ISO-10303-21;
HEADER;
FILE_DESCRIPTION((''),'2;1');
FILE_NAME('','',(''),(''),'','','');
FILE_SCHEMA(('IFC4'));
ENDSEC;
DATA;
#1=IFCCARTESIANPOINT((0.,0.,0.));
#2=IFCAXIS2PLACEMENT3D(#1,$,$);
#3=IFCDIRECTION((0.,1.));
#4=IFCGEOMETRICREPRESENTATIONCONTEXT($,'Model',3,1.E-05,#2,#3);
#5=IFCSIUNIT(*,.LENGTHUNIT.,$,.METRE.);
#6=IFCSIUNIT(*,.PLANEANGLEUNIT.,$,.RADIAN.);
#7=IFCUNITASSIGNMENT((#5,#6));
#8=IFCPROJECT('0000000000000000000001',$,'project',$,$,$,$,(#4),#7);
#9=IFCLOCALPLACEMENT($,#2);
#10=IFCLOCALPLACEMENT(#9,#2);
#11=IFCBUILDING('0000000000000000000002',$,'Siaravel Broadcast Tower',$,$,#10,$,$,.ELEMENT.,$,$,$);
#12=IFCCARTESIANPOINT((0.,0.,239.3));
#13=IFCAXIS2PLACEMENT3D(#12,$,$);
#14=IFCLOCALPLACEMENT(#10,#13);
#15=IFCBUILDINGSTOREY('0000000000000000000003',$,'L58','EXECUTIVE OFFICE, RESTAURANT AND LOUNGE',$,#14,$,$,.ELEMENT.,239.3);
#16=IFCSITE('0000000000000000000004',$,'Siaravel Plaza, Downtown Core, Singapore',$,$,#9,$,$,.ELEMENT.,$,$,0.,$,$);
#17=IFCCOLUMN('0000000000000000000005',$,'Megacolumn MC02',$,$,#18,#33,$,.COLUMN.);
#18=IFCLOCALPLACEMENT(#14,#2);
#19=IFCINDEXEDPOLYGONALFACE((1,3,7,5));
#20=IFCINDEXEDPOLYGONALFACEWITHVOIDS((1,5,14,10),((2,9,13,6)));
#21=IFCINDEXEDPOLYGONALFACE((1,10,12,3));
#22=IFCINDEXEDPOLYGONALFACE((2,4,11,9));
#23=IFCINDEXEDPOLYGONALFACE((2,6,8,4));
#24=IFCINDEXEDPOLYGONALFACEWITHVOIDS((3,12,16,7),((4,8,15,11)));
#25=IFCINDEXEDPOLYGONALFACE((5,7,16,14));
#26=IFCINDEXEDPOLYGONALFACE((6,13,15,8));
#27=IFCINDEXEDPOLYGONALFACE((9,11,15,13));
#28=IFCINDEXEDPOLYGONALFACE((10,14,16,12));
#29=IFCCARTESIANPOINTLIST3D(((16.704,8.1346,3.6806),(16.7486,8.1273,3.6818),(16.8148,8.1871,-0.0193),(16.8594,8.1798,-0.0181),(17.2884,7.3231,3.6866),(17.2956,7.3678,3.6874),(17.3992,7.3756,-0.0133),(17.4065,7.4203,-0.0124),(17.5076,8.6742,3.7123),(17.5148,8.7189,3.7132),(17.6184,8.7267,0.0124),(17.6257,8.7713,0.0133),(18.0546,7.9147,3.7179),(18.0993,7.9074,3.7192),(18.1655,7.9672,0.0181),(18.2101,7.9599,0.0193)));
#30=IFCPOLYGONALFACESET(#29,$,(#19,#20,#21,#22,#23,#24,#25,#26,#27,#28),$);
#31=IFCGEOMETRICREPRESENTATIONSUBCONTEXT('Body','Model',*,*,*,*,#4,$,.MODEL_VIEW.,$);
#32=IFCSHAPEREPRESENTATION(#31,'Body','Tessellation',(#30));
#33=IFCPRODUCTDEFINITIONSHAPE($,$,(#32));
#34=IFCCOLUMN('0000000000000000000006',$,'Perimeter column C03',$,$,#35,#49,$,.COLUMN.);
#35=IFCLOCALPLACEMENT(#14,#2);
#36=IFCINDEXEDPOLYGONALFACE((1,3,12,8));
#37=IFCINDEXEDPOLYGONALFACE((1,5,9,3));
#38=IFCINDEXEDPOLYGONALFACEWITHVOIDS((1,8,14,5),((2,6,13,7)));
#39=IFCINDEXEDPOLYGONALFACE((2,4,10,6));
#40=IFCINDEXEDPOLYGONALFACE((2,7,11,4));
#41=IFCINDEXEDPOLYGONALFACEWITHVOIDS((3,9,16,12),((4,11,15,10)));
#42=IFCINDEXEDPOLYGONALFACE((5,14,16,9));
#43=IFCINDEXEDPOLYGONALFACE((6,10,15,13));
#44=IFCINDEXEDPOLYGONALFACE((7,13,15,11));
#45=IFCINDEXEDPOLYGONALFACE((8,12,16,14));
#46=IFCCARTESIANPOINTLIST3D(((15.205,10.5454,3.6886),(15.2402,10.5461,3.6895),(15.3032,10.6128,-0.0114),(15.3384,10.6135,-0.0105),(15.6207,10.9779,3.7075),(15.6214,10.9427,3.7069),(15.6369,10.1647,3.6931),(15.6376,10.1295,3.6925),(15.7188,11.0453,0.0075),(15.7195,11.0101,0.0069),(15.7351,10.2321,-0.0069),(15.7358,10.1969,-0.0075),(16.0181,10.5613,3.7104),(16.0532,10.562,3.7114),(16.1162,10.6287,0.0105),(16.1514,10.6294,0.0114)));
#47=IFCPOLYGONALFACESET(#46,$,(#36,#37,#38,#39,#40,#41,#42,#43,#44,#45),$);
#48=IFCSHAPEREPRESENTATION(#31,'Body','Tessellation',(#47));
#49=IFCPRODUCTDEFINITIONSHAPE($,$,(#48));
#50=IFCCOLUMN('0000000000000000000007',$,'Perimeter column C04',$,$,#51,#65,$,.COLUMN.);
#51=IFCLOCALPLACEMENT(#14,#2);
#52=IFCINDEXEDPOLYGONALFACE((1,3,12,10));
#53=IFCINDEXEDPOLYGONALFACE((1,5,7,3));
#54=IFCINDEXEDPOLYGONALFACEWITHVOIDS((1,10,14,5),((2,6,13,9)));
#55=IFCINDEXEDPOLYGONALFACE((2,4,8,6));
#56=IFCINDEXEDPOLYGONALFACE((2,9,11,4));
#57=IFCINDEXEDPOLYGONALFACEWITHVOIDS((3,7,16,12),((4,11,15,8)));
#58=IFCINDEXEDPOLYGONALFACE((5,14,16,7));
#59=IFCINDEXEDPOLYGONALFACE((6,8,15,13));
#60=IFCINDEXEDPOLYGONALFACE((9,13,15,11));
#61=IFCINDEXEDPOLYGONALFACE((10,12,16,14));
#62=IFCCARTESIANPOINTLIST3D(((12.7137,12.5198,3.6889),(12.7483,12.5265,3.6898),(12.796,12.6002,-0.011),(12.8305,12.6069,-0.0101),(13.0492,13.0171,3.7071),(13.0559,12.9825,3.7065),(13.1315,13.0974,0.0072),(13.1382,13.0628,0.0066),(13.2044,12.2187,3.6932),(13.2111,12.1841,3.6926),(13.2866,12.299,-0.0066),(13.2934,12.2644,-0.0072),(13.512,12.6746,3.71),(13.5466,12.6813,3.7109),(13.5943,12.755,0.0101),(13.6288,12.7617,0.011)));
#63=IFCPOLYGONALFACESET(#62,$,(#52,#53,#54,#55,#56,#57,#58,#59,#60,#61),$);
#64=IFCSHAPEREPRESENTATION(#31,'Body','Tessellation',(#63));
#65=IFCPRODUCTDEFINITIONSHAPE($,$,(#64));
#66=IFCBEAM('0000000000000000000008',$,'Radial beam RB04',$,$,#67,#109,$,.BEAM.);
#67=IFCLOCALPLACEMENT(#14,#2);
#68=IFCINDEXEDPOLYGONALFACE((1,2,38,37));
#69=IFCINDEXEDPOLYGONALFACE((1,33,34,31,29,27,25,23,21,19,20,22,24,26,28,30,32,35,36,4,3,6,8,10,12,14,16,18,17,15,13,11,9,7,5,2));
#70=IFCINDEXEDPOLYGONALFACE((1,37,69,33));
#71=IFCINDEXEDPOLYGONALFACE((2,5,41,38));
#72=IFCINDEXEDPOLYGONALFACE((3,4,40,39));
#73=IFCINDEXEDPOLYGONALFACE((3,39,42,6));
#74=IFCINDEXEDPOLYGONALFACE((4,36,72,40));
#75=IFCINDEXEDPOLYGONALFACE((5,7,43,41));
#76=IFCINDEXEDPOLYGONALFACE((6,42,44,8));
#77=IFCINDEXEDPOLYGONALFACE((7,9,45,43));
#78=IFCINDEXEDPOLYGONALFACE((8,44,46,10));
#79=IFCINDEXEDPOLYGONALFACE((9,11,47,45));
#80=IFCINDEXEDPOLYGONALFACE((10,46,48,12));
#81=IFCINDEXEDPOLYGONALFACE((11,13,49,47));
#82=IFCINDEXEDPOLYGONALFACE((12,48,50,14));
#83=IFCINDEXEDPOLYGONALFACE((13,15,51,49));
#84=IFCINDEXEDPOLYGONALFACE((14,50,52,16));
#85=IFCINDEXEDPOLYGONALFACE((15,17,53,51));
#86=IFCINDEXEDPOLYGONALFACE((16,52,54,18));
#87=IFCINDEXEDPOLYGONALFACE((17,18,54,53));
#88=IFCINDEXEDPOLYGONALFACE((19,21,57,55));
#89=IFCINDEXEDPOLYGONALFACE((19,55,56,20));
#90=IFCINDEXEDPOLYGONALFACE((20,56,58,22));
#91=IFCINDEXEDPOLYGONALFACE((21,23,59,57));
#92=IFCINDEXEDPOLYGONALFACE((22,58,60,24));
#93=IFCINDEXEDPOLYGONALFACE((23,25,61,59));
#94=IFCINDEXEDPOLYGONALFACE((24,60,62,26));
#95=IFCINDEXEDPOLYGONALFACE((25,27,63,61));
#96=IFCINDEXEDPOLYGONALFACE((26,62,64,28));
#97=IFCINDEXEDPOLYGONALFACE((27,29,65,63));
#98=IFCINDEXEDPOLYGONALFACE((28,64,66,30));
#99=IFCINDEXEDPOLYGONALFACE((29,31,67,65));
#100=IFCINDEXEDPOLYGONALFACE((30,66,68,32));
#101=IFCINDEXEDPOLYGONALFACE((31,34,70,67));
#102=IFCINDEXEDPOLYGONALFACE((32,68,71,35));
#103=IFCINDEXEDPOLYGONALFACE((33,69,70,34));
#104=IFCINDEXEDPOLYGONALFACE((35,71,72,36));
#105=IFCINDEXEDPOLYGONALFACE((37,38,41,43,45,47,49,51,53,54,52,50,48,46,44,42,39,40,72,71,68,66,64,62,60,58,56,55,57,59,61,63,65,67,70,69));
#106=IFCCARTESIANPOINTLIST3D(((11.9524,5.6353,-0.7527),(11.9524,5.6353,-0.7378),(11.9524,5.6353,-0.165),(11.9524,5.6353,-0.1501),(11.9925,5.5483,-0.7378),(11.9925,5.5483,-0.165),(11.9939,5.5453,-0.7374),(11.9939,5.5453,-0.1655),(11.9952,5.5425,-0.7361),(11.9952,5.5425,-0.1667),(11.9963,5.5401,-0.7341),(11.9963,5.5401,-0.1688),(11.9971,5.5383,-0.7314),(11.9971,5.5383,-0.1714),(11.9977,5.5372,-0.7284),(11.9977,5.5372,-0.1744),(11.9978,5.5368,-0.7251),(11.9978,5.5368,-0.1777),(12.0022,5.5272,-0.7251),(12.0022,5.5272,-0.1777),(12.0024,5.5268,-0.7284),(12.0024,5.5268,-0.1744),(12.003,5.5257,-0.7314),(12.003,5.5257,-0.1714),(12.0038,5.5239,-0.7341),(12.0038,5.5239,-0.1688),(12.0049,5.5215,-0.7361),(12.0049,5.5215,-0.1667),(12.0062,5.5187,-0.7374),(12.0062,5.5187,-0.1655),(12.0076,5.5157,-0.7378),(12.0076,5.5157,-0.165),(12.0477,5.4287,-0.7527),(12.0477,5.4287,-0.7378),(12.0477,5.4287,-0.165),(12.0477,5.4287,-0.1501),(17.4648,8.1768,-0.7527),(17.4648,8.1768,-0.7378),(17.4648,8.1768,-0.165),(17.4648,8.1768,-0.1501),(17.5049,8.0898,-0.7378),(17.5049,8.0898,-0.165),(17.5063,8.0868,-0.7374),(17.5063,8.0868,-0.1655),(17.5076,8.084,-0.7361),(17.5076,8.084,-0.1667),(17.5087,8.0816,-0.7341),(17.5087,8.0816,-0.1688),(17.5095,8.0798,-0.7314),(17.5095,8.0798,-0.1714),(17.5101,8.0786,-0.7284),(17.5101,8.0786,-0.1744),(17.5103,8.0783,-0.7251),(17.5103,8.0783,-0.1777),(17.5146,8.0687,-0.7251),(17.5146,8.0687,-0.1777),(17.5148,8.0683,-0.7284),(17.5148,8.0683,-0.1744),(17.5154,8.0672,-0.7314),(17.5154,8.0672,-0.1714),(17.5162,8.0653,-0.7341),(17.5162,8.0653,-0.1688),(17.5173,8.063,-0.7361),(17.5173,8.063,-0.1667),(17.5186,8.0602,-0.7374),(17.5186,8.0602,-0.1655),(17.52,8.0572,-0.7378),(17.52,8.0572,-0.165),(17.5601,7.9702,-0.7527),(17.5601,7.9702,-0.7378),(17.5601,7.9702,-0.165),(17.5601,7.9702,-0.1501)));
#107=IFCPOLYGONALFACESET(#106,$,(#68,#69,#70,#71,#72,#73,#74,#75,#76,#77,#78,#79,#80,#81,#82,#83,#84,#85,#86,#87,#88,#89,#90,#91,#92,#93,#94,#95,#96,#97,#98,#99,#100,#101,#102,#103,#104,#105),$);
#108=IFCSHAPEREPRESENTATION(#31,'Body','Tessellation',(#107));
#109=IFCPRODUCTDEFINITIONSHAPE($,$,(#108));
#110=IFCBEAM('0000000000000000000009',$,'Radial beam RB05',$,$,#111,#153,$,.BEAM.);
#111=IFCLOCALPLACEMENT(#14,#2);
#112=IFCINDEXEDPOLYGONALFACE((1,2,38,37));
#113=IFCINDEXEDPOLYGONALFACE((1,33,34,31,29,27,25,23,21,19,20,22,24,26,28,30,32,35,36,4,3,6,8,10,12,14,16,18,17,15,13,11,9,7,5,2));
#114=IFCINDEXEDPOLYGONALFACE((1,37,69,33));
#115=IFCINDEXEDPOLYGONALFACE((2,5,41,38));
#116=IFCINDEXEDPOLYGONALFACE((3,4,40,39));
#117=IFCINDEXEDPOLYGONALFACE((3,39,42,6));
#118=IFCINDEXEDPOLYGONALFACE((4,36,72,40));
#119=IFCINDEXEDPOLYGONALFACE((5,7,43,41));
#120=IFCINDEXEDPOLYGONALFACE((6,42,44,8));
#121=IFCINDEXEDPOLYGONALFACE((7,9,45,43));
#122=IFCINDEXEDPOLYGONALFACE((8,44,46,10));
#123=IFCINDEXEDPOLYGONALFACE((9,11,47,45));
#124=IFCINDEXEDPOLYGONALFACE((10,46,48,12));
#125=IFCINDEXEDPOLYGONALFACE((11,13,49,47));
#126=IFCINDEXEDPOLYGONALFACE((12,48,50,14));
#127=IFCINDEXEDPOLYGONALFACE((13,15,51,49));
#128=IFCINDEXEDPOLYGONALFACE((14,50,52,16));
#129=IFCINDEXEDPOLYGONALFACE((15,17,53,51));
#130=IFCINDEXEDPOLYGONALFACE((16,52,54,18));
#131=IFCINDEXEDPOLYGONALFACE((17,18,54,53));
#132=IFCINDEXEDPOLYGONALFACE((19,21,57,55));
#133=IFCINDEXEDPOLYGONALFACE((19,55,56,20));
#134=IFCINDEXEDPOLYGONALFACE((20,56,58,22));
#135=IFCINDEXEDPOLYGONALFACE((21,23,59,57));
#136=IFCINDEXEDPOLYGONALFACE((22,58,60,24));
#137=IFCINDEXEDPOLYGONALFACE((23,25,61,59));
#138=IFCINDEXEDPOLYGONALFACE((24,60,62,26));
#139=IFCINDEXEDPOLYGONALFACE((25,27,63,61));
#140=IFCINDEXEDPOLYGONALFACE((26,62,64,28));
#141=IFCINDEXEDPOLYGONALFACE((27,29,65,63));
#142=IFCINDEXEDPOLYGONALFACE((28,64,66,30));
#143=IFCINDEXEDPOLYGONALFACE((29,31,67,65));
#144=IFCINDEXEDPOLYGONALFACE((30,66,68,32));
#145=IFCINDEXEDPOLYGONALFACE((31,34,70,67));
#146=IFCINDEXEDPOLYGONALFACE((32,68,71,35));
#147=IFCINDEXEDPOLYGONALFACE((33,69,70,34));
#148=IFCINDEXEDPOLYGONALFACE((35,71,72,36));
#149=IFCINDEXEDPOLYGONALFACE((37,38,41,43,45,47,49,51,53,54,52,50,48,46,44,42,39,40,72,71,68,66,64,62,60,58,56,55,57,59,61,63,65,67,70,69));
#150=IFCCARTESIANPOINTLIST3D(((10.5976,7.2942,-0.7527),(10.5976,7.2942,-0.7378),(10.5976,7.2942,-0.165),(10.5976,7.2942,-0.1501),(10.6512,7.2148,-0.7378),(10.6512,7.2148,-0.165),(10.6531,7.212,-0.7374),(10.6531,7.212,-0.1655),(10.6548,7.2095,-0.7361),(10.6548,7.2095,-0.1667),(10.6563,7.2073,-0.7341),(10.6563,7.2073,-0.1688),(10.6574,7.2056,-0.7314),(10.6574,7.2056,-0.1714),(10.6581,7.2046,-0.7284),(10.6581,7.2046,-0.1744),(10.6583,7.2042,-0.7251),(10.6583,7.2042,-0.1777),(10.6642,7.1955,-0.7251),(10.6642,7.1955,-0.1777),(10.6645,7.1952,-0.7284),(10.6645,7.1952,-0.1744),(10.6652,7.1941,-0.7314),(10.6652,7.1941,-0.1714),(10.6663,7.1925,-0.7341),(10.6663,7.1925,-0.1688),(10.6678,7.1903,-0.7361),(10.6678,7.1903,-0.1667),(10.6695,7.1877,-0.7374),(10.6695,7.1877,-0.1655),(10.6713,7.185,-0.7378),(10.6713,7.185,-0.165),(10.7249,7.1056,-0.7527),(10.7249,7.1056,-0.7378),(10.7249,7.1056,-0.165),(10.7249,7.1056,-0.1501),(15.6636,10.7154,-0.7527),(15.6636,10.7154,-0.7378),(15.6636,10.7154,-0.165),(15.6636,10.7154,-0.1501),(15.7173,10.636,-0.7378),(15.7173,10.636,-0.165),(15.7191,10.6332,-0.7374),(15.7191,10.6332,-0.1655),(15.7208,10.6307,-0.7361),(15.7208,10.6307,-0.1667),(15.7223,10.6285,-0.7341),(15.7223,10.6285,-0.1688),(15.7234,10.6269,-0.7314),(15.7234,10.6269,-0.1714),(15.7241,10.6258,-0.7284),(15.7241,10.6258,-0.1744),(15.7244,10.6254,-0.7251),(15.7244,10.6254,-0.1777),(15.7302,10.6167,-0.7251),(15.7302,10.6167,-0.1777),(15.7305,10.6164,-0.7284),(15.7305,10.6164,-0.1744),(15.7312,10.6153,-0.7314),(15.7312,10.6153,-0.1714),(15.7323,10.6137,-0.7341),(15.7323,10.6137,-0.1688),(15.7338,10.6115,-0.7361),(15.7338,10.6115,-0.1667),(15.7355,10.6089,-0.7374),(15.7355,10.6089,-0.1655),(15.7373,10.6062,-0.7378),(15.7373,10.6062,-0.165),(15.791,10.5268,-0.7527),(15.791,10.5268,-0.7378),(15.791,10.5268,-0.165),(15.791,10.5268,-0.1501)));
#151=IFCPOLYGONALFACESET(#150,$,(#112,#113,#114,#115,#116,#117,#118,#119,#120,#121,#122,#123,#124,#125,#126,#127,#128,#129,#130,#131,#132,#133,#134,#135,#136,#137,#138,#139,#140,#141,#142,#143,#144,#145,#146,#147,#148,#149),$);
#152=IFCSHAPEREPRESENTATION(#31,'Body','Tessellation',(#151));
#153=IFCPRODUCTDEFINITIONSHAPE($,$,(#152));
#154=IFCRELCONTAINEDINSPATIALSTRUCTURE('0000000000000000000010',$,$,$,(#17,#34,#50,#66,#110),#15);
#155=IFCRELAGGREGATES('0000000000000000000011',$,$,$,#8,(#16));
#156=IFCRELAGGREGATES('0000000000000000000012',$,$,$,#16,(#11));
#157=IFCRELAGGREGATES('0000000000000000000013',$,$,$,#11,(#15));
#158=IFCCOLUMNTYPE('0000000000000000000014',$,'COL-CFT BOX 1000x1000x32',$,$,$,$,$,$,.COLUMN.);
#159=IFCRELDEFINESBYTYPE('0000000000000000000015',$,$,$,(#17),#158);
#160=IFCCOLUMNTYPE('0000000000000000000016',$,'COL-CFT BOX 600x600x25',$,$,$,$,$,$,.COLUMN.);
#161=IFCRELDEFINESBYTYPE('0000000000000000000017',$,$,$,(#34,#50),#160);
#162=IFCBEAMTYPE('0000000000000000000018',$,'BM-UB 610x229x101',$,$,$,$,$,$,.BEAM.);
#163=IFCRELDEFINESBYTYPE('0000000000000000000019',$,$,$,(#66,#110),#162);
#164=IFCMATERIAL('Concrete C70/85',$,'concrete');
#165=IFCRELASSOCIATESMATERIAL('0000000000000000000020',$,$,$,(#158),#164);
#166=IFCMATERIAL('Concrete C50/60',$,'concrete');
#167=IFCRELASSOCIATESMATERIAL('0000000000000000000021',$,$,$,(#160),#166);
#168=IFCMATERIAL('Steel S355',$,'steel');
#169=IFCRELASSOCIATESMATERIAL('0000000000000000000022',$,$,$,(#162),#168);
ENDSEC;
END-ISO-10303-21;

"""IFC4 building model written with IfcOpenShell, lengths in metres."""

from ifc_helpers import new_model, si_unit, direction, frame, origin, origin_2d, place, context, subcontext, project, spatial, hollow_rectangle, i_section, extrude, material, material_profile, profile_set, type_object, element, save


model = new_model("IFC4")

# Units and contexts
model_context = context("Model", 3, precision=1e-05, world=origin(), true_north=direction((0.0, 1.0)))
body_context = subcontext(model_context, "Body", "Model", "MODEL_VIEW")
ifc_project = project(units=[si_unit("LENGTHUNIT", "METRE"), si_unit("PLANEANGLEUNIT", "RADIAN")], contexts=[model_context])

# Site, building, storey
site_placement = place(None, origin())
site = spatial("IfcSite", under=ifc_project, at=site_placement, Name="Siaravel Plaza, Downtown Core, Singapore", CompositionType="ELEMENT", RefElevation=0.0)
building_placement = place(site_placement, origin())
building = spatial("IfcBuilding", under=site, at=building_placement, Name="Siaravel Broadcast Tower", CompositionType="ELEMENT")
storey_placement = place(building_placement, frame((0.0, 0.0, 239.3)))
storey = spatial("IfcBuildingStorey", under=building, at=storey_placement, Name="L58", Description="EXECUTIVE OFFICE, RESTAURANT AND LOUNGE", CompositionType="ELEMENT", Elevation=239.3)

# Columns
ifc_material_1 = material(Name="Concrete C70/85", Category="concrete")
ifc_material_profile_1 = material_profile(ifc_material_1, hollow_rectangle(XDim=1.0, YDim=1.0, WallThickness=0.032, at=origin_2d()))
ifc_profile_set_1 = profile_set([ifc_material_profile_1], Name="Concrete C70/85")
column_type_1 = type_object("IfcColumnType", Name="COL-CFT BOX 1000x1000x32", PredefinedType="COLUMN", material=ifc_profile_set_1)
column_1_placement = place(storey_placement, frame((17.5125, 8.0735, 0.0), z_axis=(-0.029941, -0.014179, 0.999451), x_axis=(0.584425, -0.811425, 0.005996)))
element("IfcColumn", 1, at=column_1_placement, inside=storey, type_object=column_type_1, Name="Megacolumn MC02", PredefinedType="COLUMN", context=body_context, shape_type="SweptSolid", body=[
    extrude(hollow_rectangle(XDim=1.0, YDim=1.0, WallThickness=0.032, at=origin_2d()), origin(), (0.0, 0.0, 1.0), 3.7019),
])
ifc_material_2 = material(Name="Concrete C50/60", Category="concrete")
ifc_material_profile_2 = material_profile(ifc_material_2, hollow_rectangle(XDim=0.6001, YDim=0.6001, WallThickness=0.0249, at=origin_2d()))
ifc_profile_set_2 = profile_set([ifc_material_profile_2], Name="Concrete C50/60")
column_type_2 = type_object("IfcColumnType", Name="COL-CFT BOX 600x600x25", PredefinedType="COLUMN", material=ifc_profile_set_2)
column_2_placement = place(storey_placement, frame((15.7273, 10.6211, 0.0), z_axis=(-0.026512, -0.018202, 0.999483), x_axis=(0.72083, -0.693081, 0.006498)))
element("IfcColumn", 2, at=column_2_placement, inside=storey, type_object=column_type_2, Name="Perimeter column C03", PredefinedType="COLUMN", context=body_context, shape_type="SweptSolid", body=[
    extrude(hollow_rectangle(XDim=0.6001, YDim=0.6001, WallThickness=0.0249, at=origin_2d()), origin(), (0.0, 0.0, 1.0), 3.7019),
])
column_3_placement = place(storey_placement, frame((13.2124, 12.6809, 0.0), z_axis=(-0.022226, -0.021699, 0.999517), x_axis=(0.828839, -0.559452, 0.006286)))
element("IfcColumn", 3, at=column_3_placement, inside=storey, type_object=column_type_2, Name="Perimeter column C04", PredefinedType="COLUMN", context=body_context, shape_type="SweptSolid", body=[
    extrude(hollow_rectangle(XDim=0.6001, YDim=0.6001, WallThickness=0.0249, at=origin_2d()), origin(), (0.0, 0.0, 1.0), 3.7017),
])

# Beams
ifc_material_3 = material(Name="Steel S355", Category="steel")
ifc_material_profile_3 = material_profile(ifc_material_3, i_section(OverallWidth=0.2275, OverallDepth=0.6025, WebThickness=0.0105, FlangeThickness=0.0149, FilletRadius=0.0127, at=origin_2d()))
ifc_profile_set_3 = profile_set([ifc_material_profile_3], Name="Steel S355")
beam_type = type_object("IfcBeamType", Name="BM-UB 610x229x101", PredefinedType="BEAM", material=ifc_profile_set_3)
beam_1_placement = place(storey_placement, frame((17.5125, 8.0735, -0.4514), z_axis=(-0.908129, -0.418691, 0.0), x_axis=(0.418691, -0.908129, 0.0)))
element("IfcBeam", 4, at=beam_1_placement, inside=storey, type_object=beam_type, Name="Radial beam RB04", PredefinedType="BEAM", context=body_context, shape_type="SweptSolid", body=[
    extrude(i_section(OverallWidth=0.2275, OverallDepth=0.6025, WebThickness=0.0105, FlangeThickness=0.0149, FilletRadius=0.0127, at=origin_2d()), origin(), (0.0, 0.0, 1.0), 6.0701),
])
beam_2_placement = place(storey_placement, frame((15.7273, 10.6211, -0.4514), z_axis=(-0.828724, -0.559658, 0.0), x_axis=(0.559658, -0.828724, 0.0)))
element("IfcBeam", 5, at=beam_2_placement, inside=storey, type_object=beam_type, Name="Radial beam RB05", PredefinedType="BEAM", context=body_context, shape_type="SweptSolid", body=[
    extrude(i_section(OverallWidth=0.2275, OverallDepth=0.6025, WebThickness=0.0105, FlangeThickness=0.0149, FilletRadius=0.0127, at=origin_2d()), origin(), (0.0, 0.0, 1.0), 6.113),
])

save(model, "model.ifc")
